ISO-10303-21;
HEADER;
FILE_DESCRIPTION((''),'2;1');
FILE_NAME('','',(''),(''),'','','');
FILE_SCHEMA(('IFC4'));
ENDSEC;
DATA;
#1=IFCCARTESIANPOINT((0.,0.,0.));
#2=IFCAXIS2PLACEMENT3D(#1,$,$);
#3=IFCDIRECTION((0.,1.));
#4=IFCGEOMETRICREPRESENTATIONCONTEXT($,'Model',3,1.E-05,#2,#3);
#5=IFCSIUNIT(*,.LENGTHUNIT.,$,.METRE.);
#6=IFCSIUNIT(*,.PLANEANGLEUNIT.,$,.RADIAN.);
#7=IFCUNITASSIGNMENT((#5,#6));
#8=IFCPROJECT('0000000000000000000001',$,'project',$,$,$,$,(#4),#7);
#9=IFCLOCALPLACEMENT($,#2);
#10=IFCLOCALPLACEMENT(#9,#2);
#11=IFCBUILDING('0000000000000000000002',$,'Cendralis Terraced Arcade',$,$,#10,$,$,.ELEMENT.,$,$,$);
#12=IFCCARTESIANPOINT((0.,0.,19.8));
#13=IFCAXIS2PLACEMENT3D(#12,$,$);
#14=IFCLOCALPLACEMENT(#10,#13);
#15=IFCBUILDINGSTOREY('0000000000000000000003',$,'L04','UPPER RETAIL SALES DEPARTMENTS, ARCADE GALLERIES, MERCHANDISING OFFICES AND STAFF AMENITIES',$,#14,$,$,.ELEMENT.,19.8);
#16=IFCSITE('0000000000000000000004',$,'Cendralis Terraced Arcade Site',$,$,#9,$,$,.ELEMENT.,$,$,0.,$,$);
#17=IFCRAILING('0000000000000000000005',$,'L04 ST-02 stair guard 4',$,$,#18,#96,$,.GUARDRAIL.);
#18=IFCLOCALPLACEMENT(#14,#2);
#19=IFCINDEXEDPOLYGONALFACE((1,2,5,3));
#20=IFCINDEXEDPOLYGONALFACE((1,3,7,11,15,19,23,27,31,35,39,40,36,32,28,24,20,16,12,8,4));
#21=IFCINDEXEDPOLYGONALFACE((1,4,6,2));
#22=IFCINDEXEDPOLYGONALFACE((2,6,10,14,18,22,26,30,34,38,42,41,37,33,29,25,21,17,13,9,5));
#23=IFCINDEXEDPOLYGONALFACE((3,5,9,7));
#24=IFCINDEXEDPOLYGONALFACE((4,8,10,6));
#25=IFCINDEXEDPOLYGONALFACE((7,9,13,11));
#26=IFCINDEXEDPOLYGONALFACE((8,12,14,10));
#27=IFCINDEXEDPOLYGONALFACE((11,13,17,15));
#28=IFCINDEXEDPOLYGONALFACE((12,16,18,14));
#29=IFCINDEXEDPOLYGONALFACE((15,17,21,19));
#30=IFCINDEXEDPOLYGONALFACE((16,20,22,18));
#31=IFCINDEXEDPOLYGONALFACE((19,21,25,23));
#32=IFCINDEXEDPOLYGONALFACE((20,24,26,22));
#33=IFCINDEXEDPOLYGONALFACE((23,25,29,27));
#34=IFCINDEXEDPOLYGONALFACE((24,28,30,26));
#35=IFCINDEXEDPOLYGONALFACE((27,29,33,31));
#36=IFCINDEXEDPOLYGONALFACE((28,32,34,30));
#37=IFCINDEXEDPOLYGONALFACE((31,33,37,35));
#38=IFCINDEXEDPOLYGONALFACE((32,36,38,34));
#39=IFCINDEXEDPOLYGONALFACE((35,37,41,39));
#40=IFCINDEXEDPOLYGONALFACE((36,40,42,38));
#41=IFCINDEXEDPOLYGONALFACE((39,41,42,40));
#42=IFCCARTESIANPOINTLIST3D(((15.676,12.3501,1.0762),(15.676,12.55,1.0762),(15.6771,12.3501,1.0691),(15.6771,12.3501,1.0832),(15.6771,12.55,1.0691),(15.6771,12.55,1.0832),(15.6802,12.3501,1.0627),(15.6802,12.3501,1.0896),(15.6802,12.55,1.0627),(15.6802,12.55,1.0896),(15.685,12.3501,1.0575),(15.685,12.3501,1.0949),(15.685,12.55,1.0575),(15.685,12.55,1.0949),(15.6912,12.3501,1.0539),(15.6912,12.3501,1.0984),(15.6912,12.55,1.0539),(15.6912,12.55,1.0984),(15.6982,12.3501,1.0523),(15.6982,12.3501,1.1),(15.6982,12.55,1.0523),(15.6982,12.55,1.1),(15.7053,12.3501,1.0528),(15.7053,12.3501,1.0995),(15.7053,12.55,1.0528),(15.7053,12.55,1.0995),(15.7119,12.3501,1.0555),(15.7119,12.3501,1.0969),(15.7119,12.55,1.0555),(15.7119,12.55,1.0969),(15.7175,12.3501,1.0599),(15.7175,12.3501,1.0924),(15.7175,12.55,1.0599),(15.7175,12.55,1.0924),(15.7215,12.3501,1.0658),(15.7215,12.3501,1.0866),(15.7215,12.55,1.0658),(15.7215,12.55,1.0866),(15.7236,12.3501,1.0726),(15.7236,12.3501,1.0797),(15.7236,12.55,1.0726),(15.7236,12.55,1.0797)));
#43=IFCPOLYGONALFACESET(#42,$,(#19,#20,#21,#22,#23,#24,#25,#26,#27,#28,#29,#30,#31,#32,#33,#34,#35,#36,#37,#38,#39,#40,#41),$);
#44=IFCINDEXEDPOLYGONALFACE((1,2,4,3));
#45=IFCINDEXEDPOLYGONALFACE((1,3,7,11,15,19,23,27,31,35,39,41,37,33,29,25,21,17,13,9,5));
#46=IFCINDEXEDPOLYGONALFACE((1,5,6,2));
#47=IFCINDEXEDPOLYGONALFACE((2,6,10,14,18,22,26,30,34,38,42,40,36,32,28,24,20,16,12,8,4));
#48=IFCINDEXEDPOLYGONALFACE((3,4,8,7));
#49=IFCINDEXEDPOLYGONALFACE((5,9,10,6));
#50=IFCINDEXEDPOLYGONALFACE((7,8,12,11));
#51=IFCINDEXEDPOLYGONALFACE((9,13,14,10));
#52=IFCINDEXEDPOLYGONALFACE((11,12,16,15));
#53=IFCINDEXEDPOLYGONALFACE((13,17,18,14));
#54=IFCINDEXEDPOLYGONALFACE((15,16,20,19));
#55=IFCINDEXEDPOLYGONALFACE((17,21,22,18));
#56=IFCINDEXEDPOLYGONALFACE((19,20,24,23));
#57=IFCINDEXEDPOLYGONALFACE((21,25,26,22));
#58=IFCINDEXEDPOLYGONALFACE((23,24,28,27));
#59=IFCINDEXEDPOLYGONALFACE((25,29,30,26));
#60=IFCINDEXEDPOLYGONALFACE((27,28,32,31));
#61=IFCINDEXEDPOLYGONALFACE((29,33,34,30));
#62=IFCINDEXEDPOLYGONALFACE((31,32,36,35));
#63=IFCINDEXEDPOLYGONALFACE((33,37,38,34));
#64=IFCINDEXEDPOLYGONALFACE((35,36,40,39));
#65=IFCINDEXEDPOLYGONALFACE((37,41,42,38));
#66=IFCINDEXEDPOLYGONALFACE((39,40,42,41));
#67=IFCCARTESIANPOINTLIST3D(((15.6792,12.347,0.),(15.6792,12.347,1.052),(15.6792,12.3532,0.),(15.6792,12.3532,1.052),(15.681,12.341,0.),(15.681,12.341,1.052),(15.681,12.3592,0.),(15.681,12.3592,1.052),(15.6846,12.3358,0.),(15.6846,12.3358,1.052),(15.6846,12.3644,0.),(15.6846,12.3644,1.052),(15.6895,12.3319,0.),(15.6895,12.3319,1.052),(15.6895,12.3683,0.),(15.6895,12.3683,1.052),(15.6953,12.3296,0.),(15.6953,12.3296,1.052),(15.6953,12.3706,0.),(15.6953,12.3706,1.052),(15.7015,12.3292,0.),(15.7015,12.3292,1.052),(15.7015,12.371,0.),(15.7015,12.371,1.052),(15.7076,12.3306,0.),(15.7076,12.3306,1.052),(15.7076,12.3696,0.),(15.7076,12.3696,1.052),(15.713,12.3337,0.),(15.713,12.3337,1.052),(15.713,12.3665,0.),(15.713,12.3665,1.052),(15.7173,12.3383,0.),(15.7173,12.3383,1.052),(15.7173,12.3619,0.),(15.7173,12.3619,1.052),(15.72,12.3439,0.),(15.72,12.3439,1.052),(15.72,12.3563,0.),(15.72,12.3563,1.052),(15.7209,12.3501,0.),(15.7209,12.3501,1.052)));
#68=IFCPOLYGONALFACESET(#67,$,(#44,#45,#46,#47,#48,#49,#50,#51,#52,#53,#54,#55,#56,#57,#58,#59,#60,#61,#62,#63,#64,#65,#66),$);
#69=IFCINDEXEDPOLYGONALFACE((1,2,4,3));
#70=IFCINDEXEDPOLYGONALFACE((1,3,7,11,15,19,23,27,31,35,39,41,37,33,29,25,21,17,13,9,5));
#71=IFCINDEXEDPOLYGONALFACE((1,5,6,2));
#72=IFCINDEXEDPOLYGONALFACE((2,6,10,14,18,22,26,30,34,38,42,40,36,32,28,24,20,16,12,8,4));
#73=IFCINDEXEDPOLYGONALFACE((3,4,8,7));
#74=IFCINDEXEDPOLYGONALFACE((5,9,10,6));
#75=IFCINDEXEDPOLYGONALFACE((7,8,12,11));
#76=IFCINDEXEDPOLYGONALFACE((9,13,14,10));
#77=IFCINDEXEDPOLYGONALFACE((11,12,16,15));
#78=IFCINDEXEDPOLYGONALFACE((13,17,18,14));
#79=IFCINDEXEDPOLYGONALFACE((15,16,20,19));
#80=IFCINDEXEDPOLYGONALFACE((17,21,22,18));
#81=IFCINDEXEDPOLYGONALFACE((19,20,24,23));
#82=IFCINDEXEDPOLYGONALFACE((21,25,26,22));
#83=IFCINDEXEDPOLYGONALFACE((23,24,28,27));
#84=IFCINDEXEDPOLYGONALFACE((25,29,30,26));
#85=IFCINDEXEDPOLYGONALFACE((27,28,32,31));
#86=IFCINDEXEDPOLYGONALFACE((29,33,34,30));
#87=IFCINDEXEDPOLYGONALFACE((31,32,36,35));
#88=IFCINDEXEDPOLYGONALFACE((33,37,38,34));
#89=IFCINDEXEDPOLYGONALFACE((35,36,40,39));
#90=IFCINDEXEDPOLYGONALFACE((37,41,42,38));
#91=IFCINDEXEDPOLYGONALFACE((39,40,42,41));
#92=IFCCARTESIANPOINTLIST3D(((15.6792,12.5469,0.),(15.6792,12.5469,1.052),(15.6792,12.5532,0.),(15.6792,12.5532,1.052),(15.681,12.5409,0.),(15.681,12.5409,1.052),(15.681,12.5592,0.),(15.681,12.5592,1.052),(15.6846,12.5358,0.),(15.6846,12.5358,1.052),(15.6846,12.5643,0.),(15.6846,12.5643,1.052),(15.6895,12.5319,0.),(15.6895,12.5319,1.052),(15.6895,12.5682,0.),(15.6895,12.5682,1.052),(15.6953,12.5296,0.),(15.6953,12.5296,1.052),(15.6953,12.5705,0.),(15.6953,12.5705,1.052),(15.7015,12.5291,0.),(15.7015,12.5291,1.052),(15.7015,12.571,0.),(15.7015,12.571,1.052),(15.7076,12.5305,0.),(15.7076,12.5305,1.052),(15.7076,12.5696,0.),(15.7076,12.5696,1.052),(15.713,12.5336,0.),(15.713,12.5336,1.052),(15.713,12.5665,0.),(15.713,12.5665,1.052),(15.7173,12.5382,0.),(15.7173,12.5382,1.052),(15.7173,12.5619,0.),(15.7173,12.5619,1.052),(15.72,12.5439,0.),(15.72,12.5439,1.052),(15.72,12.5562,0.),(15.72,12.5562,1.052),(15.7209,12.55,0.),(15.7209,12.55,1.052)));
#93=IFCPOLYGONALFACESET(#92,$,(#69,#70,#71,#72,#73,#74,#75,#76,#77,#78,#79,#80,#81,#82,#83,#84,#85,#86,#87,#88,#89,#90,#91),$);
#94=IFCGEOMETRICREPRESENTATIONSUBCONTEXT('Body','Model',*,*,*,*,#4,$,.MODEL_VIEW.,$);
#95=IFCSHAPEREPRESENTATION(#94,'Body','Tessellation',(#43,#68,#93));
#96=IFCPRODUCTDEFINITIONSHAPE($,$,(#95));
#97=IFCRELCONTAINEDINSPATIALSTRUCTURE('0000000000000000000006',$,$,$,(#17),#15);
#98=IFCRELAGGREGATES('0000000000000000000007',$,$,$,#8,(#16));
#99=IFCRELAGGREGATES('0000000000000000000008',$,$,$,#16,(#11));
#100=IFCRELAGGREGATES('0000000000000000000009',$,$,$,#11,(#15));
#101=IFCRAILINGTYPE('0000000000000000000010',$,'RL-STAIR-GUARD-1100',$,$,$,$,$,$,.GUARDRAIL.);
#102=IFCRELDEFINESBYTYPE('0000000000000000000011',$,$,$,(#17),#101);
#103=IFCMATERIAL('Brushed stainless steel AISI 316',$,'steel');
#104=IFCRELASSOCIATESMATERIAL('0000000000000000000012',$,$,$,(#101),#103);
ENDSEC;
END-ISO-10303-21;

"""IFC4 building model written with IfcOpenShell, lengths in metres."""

from ifc_helpers import new_model, si_unit, direction, frame, origin, origin_2d, place, context, subcontext, project, spatial, circle, extrude, material, type_object, element, save


model = new_model("IFC4")

# Units and contexts
model_context = context("Model", 3, precision=1e-05, world=origin(), true_north=direction((0.0, 1.0)))
body_context = subcontext(model_context, "Body", "Model", "MODEL_VIEW")
ifc_project = project(units=[si_unit("LENGTHUNIT", "METRE"), si_unit("PLANEANGLEUNIT", "RADIAN")], contexts=[model_context])

# Site, building, storey
site_placement = place(None, origin())
site = spatial("IfcSite", under=ifc_project, at=site_placement, Name="Cendralis Terraced Arcade Site", CompositionType="ELEMENT", RefElevation=0.0)
building_placement = place(site_placement, origin())
building = spatial("IfcBuilding", under=site, at=building_placement, Name="Cendralis Terraced Arcade", CompositionType="ELEMENT")
storey_placement = place(building_placement, frame((0.0, 0.0, 19.8)))
storey = spatial("IfcBuildingStorey", under=building, at=storey_placement, Name="L04", Description="UPPER RETAIL SALES DEPARTMENTS, ARCADE GALLERIES, MERCHANDISING OFFICES AND STAFF AMENITIES", CompositionType="ELEMENT", Elevation=19.8)

# Railing
ifc_material_1 = material(Name="Brushed stainless steel AISI 316", Category="steel")
railing_type_1 = type_object("IfcRailingType", Name="RL-STAIR-GUARD-1100", PredefinedType="GUARDRAIL", material=ifc_material_1)
railing_1_placement = place(storey_placement, frame((15.7, 12.3501, 0.0)))
element("IfcRailing", 1, at=railing_1_placement, inside=storey, type_object=railing_type_1, Name="L04 ST-02 stair guard 4", PredefinedType="GUARDRAIL", context=body_context, shape_type="SweptSolid", body=[
    extrude(circle(Radius=0.0239, at=origin_2d()), frame((0.0, 0.0, 1.0762), z_axis=(0.0, 1.0, 0.0), x_axis=(-1.0, 0.0, 0.0)), (0.0, 0.0, 1.0), 0.2),
    extrude(circle(Radius=0.021, at=origin_2d()), origin(), (0.0, 0.0, 1.0), 1.052),
    extrude(circle(Radius=0.021, at=origin_2d()), frame((0.0, 0.2, 0.0)), (0.0, 0.0, 1.0), 1.052),
])

save(model, "model.ifc")
